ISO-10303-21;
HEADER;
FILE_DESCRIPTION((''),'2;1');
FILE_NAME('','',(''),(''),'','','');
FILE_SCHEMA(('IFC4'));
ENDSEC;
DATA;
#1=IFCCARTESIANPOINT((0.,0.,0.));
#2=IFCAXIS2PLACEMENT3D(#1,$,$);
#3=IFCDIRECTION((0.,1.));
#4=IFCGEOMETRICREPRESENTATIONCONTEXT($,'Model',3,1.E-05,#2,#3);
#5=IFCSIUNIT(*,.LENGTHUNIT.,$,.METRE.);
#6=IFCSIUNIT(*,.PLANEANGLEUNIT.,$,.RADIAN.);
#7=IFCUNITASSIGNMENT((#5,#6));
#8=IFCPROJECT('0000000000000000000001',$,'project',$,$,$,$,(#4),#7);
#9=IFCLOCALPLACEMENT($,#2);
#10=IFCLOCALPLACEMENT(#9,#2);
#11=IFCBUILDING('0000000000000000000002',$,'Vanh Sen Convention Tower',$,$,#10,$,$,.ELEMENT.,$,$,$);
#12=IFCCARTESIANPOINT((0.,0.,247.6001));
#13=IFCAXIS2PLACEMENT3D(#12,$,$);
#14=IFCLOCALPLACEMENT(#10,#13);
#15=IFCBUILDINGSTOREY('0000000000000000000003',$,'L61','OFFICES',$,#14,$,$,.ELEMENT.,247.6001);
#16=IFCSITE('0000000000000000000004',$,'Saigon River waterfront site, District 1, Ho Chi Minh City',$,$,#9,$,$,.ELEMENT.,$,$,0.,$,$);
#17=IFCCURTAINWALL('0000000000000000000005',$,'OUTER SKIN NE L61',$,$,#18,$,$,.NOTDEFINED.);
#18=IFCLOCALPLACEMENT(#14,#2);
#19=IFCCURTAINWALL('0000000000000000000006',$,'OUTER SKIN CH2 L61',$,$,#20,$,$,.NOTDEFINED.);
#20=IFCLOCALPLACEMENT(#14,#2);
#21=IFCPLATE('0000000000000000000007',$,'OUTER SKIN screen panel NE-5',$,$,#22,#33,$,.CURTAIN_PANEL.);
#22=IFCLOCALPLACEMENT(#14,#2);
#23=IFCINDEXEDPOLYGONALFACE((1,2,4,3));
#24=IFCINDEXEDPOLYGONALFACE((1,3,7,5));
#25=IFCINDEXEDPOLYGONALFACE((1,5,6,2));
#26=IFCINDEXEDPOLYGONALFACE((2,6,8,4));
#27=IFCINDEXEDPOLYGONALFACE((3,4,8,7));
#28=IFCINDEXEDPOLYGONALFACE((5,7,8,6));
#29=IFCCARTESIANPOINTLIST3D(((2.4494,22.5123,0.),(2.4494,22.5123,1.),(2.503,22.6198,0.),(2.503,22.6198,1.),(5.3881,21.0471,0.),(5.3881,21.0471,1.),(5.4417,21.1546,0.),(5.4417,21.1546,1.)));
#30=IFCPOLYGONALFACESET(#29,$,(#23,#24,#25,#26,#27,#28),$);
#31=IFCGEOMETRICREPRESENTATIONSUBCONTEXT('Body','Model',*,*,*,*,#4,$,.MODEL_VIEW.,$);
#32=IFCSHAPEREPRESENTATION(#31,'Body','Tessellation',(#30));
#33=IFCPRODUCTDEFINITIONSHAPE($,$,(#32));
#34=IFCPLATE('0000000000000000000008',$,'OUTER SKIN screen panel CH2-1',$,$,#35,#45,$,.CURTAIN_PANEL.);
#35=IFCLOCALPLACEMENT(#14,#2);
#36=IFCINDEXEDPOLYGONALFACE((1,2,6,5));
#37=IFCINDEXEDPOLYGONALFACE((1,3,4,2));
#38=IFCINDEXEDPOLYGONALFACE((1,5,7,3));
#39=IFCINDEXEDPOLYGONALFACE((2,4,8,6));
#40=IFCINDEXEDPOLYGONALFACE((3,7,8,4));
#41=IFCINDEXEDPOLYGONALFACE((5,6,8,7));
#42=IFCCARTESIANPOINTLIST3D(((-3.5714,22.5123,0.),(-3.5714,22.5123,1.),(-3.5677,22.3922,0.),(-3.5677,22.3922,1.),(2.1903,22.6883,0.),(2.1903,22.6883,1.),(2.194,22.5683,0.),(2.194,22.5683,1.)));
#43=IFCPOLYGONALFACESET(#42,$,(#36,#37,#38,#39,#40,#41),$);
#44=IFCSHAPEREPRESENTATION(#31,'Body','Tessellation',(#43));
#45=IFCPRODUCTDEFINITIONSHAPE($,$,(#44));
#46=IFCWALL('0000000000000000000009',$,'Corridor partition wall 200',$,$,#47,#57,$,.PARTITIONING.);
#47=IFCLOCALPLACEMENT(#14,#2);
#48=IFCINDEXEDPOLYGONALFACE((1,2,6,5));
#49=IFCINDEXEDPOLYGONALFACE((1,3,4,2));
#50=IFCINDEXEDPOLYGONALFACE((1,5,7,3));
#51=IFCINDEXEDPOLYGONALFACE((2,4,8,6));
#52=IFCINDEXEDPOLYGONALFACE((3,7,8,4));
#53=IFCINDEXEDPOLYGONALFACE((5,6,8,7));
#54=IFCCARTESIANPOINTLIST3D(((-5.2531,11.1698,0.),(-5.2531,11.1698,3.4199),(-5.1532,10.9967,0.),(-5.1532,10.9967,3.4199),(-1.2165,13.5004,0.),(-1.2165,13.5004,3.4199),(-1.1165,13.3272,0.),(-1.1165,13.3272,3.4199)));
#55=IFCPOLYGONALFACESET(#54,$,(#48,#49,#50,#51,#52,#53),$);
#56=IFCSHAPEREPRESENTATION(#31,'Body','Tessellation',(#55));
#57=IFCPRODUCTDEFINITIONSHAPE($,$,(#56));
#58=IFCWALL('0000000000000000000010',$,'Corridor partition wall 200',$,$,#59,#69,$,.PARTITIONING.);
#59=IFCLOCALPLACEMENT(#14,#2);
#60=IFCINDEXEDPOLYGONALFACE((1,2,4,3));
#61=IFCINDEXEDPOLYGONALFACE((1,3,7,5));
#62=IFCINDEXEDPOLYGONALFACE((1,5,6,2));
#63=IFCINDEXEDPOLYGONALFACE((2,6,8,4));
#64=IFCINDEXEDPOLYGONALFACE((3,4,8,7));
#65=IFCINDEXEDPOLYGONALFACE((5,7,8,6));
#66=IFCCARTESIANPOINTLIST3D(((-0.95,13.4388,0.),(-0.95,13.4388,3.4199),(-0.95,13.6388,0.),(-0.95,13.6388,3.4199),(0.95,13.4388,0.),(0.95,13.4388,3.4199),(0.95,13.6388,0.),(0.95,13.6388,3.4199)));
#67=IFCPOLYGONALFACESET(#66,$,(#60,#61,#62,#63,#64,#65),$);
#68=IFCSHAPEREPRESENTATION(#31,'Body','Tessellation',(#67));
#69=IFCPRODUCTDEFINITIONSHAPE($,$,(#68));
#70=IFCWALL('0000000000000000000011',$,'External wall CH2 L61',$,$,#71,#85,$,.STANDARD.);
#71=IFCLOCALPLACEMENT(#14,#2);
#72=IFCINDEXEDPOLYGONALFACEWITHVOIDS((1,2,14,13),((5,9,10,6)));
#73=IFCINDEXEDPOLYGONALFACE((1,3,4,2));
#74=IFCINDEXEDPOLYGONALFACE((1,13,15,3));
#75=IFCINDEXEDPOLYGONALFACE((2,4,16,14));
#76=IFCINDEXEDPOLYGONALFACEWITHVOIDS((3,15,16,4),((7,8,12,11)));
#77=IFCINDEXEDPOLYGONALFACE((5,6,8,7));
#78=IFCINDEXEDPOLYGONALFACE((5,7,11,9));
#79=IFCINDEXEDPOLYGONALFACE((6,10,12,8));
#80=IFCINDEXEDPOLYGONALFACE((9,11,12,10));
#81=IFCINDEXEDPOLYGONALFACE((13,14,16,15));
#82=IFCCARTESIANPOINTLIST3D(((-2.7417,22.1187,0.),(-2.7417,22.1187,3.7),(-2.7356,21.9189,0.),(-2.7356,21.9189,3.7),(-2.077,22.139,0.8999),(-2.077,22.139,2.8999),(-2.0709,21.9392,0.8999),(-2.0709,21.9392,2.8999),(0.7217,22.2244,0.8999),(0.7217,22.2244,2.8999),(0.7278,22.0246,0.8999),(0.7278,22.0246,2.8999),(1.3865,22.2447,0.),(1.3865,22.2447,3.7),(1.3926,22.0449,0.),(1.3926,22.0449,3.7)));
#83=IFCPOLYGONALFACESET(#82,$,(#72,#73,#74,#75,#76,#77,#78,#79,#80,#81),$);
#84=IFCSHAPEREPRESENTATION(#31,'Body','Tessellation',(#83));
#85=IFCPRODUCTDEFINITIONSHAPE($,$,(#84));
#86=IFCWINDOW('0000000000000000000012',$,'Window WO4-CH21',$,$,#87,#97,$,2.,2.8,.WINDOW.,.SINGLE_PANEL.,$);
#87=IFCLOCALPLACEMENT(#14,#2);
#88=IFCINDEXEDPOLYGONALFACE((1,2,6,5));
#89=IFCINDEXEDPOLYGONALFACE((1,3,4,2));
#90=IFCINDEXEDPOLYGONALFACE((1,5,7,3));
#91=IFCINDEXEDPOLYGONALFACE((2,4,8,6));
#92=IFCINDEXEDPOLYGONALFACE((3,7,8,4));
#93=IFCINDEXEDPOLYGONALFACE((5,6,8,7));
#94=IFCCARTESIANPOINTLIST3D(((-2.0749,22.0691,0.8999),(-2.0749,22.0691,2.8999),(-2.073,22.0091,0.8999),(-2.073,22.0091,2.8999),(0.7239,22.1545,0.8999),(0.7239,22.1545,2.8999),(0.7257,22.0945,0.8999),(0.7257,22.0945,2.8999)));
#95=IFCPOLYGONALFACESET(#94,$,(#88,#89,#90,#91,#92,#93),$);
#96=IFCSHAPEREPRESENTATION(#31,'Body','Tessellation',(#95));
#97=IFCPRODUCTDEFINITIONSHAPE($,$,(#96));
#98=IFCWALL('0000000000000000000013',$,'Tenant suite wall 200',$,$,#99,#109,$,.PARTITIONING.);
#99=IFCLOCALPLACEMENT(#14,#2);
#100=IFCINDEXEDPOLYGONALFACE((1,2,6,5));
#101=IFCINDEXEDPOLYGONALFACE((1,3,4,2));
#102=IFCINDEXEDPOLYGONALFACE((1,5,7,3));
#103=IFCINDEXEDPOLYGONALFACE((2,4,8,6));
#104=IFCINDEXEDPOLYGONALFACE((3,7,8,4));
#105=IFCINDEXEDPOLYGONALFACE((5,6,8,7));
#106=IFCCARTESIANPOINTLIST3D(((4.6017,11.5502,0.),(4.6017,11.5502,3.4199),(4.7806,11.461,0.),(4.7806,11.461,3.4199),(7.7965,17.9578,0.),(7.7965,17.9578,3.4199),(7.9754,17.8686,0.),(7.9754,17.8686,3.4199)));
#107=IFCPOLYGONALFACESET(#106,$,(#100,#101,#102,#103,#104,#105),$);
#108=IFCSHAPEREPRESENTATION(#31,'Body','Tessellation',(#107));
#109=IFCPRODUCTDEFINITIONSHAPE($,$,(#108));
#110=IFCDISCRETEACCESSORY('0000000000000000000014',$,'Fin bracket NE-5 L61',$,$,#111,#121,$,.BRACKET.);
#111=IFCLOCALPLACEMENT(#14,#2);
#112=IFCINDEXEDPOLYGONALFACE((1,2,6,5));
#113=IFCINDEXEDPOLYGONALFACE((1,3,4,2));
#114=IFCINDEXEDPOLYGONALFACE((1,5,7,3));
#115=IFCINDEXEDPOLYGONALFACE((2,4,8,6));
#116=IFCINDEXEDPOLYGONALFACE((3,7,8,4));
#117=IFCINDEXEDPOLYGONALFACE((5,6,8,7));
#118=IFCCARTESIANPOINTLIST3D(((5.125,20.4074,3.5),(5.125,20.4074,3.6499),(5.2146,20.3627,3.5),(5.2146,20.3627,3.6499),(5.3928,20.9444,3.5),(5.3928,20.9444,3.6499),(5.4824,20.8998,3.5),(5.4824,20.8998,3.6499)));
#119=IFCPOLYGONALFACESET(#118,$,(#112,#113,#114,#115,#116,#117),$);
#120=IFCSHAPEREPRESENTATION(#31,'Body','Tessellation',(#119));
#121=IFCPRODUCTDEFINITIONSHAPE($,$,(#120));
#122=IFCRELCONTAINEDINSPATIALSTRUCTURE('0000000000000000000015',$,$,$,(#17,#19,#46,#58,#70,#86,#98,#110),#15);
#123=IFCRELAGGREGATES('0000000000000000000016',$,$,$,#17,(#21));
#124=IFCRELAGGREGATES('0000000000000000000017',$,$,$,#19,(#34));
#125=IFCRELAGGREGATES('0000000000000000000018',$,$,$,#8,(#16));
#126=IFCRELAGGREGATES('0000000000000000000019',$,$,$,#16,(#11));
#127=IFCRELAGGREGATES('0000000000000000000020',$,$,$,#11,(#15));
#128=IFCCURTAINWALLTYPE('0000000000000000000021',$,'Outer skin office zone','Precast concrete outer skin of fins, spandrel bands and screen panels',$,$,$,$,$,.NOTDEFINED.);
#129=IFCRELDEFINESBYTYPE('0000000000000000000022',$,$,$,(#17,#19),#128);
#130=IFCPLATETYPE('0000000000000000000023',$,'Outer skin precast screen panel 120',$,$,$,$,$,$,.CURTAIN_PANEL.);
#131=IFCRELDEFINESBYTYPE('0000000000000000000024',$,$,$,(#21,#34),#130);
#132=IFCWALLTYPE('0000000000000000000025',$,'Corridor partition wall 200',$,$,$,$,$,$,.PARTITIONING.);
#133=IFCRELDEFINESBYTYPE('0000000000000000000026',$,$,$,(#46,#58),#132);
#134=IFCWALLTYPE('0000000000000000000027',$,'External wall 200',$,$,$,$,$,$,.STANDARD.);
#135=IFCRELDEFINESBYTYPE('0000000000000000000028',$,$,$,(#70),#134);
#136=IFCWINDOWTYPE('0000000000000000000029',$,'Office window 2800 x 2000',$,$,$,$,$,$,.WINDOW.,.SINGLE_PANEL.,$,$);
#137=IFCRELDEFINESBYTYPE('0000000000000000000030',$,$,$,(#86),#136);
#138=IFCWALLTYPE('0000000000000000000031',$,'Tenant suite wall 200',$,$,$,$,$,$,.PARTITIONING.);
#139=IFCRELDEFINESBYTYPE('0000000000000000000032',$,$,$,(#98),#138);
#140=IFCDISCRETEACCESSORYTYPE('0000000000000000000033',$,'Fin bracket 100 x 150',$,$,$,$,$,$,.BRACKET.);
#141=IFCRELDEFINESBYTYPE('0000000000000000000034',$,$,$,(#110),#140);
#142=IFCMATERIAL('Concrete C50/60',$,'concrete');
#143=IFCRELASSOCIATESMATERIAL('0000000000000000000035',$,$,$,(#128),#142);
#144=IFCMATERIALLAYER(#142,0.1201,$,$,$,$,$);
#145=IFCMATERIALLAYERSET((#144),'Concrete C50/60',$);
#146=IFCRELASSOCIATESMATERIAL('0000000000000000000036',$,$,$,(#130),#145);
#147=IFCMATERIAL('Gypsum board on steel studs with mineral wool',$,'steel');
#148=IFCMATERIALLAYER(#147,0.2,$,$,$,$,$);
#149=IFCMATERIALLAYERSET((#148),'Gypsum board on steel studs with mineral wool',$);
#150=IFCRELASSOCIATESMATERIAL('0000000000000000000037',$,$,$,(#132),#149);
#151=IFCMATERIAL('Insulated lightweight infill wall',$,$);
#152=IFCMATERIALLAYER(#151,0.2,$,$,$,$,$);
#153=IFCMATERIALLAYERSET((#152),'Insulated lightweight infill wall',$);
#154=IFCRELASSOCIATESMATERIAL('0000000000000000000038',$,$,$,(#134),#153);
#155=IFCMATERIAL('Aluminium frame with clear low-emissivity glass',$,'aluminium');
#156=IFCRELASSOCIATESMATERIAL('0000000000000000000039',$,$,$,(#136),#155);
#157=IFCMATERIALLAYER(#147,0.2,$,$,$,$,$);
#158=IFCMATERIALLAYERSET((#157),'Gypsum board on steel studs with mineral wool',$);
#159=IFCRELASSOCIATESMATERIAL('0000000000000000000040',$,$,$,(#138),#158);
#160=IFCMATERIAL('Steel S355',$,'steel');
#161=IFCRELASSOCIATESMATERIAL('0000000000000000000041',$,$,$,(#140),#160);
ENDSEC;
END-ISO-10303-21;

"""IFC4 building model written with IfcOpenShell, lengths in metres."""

from ifc_helpers import new_model, si_unit, direction, frame, frame_2d, origin, origin_2d, place, context, subcontext, project, spatial, rectangle, extrude, material, layer, layer_set, type_object, element, fill, aggregate, save


model = new_model("IFC4")

# Units and contexts
model_context = context("Model", 3, precision=1e-05, world=origin(), true_north=direction((0.0, 1.0)))
body_context = subcontext(model_context, "Body", "Model", "MODEL_VIEW")
ifc_project = project(units=[si_unit("LENGTHUNIT", "METRE"), si_unit("PLANEANGLEUNIT", "RADIAN")], contexts=[model_context])

# Site, building, storey
site_placement = place(None, origin())
site = spatial("IfcSite", under=ifc_project, at=site_placement, Name="Saigon River waterfront site, District 1, Ho Chi Minh City", CompositionType="ELEMENT", RefElevation=0.0)
building_placement = place(site_placement, origin())
building = spatial("IfcBuilding", under=site, at=building_placement, Name="Vanh Sen Convention Tower", CompositionType="ELEMENT")
storey_placement = place(building_placement, frame((0.0, 0.0, 247.6001)))
storey = spatial("IfcBuildingStorey", under=building, at=storey_placement, Name="L61", Description="OFFICES", CompositionType="ELEMENT", Elevation=247.6001)

# Curtain wall
ifc_material_1 = material(Name="Concrete C50/60", Category="concrete")
curtain_wall_type = type_object("IfcCurtainWallType", Name="Outer skin office zone", Description="Precast concrete outer skin of fins, spandrel bands and screen panels", PredefinedType="NOTDEFINED", material=ifc_material_1)
curtain_wall_1_placement = place(storey_placement, origin())
curtain_wall_1 = element("IfcCurtainWall", 1, at=curtain_wall_1_placement, inside=storey, type_object=curtain_wall_type, Name="OUTER SKIN NE L61", PredefinedType="NOTDEFINED")

# Curtain wall
curtain_wall_2_placement = place(storey_placement, origin())
curtain_wall_2 = element("IfcCurtainWall", 2, at=curtain_wall_2_placement, inside=storey, type_object=curtain_wall_type, Name="OUTER SKIN CH2 L61", PredefinedType="NOTDEFINED")

# Plates
ifc_layer_1 = layer(ifc_material_1, 0.1201)
ifc_layer_set_1 = layer_set([ifc_layer_1], Name="Concrete C50/60")
plate_type = type_object("IfcPlateType", Name="Outer skin precast screen panel 120", PredefinedType="CURTAIN_PANEL", material=ifc_layer_set_1)
plate_1_placement = place(storey_placement, frame((3.9456, 21.8335, 0.0), z_axis=(0.0, 0.0, 1.0), x_axis=(-0.89493, 0.446206, 0.0)))
plate_1 = element("IfcPlate", 3, at=plate_1_placement, type_object=plate_type, Name="OUTER SKIN screen panel NE-5", PredefinedType="CURTAIN_PANEL", context=body_context, shape_type="SweptSolid", body=[
    extrude(rectangle(XDim=3.2837, YDim=0.1201, at=origin_2d()), origin(), (0.0, 0.0, 1.0), 1.0),
])
aggregate(curtain_wall_1, [plate_1])
plate_2_placement = place(storey_placement, frame((-0.6887, 22.5403, 0.0), z_axis=(0.0, 0.0, 1.0), x_axis=(-0.999533, -0.030544, 0.0)))
plate_2 = element("IfcPlate", 4, at=plate_2_placement, type_object=plate_type, Name="OUTER SKIN screen panel CH2-1", PredefinedType="CURTAIN_PANEL", context=body_context, shape_type="SweptSolid", body=[
    extrude(rectangle(XDim=5.7644, YDim=0.1201, at=origin_2d()), origin(), (0.0, 0.0, 1.0), 1.0),
])
aggregate(curtain_wall_2, [plate_2])

# Walls
ifc_material_2 = material(Name="Gypsum board on steel studs with mineral wool", Category="steel")
ifc_layer_2 = layer(ifc_material_2, 0.2)
ifc_layer_set_2 = layer_set([ifc_layer_2], Name="Gypsum board on steel studs with mineral wool")
wall_type_1 = type_object("IfcWallType", Name="Corridor partition wall 200", PredefinedType="PARTITIONING", material=ifc_layer_set_2)
wall_1_placement = place(storey_placement, frame((-1.1665, 13.4138, 0.0), z_axis=(0.0, 0.0, 1.0), x_axis=(-0.866023, -0.500004, 0.0)))
element("IfcWall", 5, at=wall_1_placement, inside=storey, type_object=wall_type_1, Name="Corridor partition wall 200", PredefinedType="PARTITIONING", context=body_context, shape_type="SweptSolid", body=[
    extrude(rectangle(XDim=4.6611, YDim=0.2, at=frame_2d((2.3306, 0.0))), origin(), (0.0, 0.0, 1.0), 3.4199),
])
wall_2_placement = place(storey_placement, frame((0.95, 13.5388, 0.0), z_axis=(0.0, 0.0, 1.0), x_axis=(-1.0, 0.0, 0.0)))
element("IfcWall", 6, at=wall_2_placement, inside=storey, type_object=wall_type_1, Name="Corridor partition wall 200", PredefinedType="PARTITIONING", context=body_context, shape_type="SweptSolid", body=[
    extrude(rectangle(XDim=1.8999, YDim=0.2, at=frame_2d((0.95, 0.0))), origin(), (0.0, 0.0, 1.0), 3.4199),
])

# Wall, opening, window
ifc_material_3 = material(Name="Insulated lightweight infill wall")
ifc_layer_3 = layer(ifc_material_3, 0.2)
ifc_layer_set_3 = layer_set([ifc_layer_3], Name="Insulated lightweight infill wall")
wall_type_2 = type_object("IfcWallType", Name="External wall 200", PredefinedType="STANDARD", material=ifc_layer_set_3)
wall_3_placement = place(storey_placement, frame((1.3894, 22.1448, 0.0), z_axis=(0.0, 0.0, 1.0), x_axis=(-0.999535, -0.030502, 0.0)))
wall_3 = element("IfcWall", 7, at=wall_3_placement, inside=storey, type_object=wall_type_2, Name="External wall CH2 L61", PredefinedType="STANDARD", context=body_context, shape_type="SweptSolid", body=[
    extrude(rectangle(XDim=4.1301, YDim=0.2, at=frame_2d((2.0649, 0.0))), origin(), (0.0, 0.0, 1.0), 3.7),
])
opening_placement = place(wall_3_placement, frame((0.665, 0.0, 0.8999)))
opening = element("IfcOpeningElement", 8, at=opening_placement, cuts=wall_3, PredefinedType="OPENING", context=body_context, shape_type="SweptSolid", body=[
    extrude(rectangle(XDim=2.8, YDim=2.0, at=frame_2d((1.3999, 1.0))), frame((0.0, 0.1099, 0.0), z_axis=(0.0, -1.0, 0.0), x_axis=(1.0, 0.0, 0.0)), (0.0, 0.0, 1.0), 0.22),
])
ifc_material_4 = material(Name="Aluminium frame with clear low-emissivity glass", Category="aluminium")
window_type = type_object("IfcWindowType", Name="Office window 2800 x 2000", PartitioningType="SINGLE_PANEL", PredefinedType="WINDOW", material=ifc_material_4)
window_placement = place(opening_placement, origin())
window = element("IfcWindow", 9, at=window_placement, inside=storey, type_object=window_type, Name="Window WO4-CH21", OverallHeight=2.0, OverallWidth=2.8, PartitioningType="SINGLE_PANEL", PredefinedType="WINDOW", context=body_context, shape_type="SweptSolid", body=[
    extrude(rectangle(XDim=2.8, YDim=2.0, at=frame_2d((1.3999, 1.0))), frame((0.0, 0.03, 0.0), z_axis=(0.0, -1.0, 0.0), x_axis=(1.0, 0.0, 0.0)), (0.0, 0.0, 1.0), 0.0601),
])
fill(opening, window)

# Wall
ifc_layer_4 = layer(ifc_material_2, 0.2)
ifc_layer_set_4 = layer_set([ifc_layer_4], Name="Gypsum board on steel studs with mineral wool")
wall_type_3 = type_object("IfcWallType", Name="Tenant suite wall 200", PredefinedType="PARTITIONING", material=ifc_layer_set_4)
wall_4_placement = place(storey_placement, frame((7.886, 17.9133, 0.0), z_axis=(0.0, 0.0, 1.0), x_axis=(-0.446204, -0.894931, 0.0)))
element("IfcWall", 10, at=wall_4_placement, inside=storey, type_object=wall_type_3, Name="Tenant suite wall 200", PredefinedType="PARTITIONING", context=body_context, shape_type="SweptSolid", body=[
    extrude(rectangle(XDim=7.1599, YDim=0.2, at=frame_2d((3.5801, 0.0))), origin(), (0.0, 0.0, 1.0), 3.4199),
])

# Discrete accessory
ifc_material_5 = material(Name="Steel S355", Category="steel")
discrete_accessory_type = type_object("IfcDiscreteAccessoryType", Name="Fin bracket 100 x 150", PredefinedType="BRACKET", material=ifc_material_5)
discrete_accessory_placement = place(storey_placement, frame((5.3037, 20.6536, 3.5), z_axis=(0.0, 0.0, 1.0), x_axis=(0.446198, 0.894934, 0.0)))
element("IfcDiscreteAccessory", 11, at=discrete_accessory_placement, inside=storey, type_object=discrete_accessory_type, Name="Fin bracket NE-5 L61", PredefinedType="BRACKET", context=body_context, shape_type="SweptSolid", body=[
    extrude(rectangle(XDim=0.6001, YDim=0.1001, at=origin_2d()), origin(), (0.0, 0.0, 1.0), 0.1499),
])

save(model, "model.ifc")
